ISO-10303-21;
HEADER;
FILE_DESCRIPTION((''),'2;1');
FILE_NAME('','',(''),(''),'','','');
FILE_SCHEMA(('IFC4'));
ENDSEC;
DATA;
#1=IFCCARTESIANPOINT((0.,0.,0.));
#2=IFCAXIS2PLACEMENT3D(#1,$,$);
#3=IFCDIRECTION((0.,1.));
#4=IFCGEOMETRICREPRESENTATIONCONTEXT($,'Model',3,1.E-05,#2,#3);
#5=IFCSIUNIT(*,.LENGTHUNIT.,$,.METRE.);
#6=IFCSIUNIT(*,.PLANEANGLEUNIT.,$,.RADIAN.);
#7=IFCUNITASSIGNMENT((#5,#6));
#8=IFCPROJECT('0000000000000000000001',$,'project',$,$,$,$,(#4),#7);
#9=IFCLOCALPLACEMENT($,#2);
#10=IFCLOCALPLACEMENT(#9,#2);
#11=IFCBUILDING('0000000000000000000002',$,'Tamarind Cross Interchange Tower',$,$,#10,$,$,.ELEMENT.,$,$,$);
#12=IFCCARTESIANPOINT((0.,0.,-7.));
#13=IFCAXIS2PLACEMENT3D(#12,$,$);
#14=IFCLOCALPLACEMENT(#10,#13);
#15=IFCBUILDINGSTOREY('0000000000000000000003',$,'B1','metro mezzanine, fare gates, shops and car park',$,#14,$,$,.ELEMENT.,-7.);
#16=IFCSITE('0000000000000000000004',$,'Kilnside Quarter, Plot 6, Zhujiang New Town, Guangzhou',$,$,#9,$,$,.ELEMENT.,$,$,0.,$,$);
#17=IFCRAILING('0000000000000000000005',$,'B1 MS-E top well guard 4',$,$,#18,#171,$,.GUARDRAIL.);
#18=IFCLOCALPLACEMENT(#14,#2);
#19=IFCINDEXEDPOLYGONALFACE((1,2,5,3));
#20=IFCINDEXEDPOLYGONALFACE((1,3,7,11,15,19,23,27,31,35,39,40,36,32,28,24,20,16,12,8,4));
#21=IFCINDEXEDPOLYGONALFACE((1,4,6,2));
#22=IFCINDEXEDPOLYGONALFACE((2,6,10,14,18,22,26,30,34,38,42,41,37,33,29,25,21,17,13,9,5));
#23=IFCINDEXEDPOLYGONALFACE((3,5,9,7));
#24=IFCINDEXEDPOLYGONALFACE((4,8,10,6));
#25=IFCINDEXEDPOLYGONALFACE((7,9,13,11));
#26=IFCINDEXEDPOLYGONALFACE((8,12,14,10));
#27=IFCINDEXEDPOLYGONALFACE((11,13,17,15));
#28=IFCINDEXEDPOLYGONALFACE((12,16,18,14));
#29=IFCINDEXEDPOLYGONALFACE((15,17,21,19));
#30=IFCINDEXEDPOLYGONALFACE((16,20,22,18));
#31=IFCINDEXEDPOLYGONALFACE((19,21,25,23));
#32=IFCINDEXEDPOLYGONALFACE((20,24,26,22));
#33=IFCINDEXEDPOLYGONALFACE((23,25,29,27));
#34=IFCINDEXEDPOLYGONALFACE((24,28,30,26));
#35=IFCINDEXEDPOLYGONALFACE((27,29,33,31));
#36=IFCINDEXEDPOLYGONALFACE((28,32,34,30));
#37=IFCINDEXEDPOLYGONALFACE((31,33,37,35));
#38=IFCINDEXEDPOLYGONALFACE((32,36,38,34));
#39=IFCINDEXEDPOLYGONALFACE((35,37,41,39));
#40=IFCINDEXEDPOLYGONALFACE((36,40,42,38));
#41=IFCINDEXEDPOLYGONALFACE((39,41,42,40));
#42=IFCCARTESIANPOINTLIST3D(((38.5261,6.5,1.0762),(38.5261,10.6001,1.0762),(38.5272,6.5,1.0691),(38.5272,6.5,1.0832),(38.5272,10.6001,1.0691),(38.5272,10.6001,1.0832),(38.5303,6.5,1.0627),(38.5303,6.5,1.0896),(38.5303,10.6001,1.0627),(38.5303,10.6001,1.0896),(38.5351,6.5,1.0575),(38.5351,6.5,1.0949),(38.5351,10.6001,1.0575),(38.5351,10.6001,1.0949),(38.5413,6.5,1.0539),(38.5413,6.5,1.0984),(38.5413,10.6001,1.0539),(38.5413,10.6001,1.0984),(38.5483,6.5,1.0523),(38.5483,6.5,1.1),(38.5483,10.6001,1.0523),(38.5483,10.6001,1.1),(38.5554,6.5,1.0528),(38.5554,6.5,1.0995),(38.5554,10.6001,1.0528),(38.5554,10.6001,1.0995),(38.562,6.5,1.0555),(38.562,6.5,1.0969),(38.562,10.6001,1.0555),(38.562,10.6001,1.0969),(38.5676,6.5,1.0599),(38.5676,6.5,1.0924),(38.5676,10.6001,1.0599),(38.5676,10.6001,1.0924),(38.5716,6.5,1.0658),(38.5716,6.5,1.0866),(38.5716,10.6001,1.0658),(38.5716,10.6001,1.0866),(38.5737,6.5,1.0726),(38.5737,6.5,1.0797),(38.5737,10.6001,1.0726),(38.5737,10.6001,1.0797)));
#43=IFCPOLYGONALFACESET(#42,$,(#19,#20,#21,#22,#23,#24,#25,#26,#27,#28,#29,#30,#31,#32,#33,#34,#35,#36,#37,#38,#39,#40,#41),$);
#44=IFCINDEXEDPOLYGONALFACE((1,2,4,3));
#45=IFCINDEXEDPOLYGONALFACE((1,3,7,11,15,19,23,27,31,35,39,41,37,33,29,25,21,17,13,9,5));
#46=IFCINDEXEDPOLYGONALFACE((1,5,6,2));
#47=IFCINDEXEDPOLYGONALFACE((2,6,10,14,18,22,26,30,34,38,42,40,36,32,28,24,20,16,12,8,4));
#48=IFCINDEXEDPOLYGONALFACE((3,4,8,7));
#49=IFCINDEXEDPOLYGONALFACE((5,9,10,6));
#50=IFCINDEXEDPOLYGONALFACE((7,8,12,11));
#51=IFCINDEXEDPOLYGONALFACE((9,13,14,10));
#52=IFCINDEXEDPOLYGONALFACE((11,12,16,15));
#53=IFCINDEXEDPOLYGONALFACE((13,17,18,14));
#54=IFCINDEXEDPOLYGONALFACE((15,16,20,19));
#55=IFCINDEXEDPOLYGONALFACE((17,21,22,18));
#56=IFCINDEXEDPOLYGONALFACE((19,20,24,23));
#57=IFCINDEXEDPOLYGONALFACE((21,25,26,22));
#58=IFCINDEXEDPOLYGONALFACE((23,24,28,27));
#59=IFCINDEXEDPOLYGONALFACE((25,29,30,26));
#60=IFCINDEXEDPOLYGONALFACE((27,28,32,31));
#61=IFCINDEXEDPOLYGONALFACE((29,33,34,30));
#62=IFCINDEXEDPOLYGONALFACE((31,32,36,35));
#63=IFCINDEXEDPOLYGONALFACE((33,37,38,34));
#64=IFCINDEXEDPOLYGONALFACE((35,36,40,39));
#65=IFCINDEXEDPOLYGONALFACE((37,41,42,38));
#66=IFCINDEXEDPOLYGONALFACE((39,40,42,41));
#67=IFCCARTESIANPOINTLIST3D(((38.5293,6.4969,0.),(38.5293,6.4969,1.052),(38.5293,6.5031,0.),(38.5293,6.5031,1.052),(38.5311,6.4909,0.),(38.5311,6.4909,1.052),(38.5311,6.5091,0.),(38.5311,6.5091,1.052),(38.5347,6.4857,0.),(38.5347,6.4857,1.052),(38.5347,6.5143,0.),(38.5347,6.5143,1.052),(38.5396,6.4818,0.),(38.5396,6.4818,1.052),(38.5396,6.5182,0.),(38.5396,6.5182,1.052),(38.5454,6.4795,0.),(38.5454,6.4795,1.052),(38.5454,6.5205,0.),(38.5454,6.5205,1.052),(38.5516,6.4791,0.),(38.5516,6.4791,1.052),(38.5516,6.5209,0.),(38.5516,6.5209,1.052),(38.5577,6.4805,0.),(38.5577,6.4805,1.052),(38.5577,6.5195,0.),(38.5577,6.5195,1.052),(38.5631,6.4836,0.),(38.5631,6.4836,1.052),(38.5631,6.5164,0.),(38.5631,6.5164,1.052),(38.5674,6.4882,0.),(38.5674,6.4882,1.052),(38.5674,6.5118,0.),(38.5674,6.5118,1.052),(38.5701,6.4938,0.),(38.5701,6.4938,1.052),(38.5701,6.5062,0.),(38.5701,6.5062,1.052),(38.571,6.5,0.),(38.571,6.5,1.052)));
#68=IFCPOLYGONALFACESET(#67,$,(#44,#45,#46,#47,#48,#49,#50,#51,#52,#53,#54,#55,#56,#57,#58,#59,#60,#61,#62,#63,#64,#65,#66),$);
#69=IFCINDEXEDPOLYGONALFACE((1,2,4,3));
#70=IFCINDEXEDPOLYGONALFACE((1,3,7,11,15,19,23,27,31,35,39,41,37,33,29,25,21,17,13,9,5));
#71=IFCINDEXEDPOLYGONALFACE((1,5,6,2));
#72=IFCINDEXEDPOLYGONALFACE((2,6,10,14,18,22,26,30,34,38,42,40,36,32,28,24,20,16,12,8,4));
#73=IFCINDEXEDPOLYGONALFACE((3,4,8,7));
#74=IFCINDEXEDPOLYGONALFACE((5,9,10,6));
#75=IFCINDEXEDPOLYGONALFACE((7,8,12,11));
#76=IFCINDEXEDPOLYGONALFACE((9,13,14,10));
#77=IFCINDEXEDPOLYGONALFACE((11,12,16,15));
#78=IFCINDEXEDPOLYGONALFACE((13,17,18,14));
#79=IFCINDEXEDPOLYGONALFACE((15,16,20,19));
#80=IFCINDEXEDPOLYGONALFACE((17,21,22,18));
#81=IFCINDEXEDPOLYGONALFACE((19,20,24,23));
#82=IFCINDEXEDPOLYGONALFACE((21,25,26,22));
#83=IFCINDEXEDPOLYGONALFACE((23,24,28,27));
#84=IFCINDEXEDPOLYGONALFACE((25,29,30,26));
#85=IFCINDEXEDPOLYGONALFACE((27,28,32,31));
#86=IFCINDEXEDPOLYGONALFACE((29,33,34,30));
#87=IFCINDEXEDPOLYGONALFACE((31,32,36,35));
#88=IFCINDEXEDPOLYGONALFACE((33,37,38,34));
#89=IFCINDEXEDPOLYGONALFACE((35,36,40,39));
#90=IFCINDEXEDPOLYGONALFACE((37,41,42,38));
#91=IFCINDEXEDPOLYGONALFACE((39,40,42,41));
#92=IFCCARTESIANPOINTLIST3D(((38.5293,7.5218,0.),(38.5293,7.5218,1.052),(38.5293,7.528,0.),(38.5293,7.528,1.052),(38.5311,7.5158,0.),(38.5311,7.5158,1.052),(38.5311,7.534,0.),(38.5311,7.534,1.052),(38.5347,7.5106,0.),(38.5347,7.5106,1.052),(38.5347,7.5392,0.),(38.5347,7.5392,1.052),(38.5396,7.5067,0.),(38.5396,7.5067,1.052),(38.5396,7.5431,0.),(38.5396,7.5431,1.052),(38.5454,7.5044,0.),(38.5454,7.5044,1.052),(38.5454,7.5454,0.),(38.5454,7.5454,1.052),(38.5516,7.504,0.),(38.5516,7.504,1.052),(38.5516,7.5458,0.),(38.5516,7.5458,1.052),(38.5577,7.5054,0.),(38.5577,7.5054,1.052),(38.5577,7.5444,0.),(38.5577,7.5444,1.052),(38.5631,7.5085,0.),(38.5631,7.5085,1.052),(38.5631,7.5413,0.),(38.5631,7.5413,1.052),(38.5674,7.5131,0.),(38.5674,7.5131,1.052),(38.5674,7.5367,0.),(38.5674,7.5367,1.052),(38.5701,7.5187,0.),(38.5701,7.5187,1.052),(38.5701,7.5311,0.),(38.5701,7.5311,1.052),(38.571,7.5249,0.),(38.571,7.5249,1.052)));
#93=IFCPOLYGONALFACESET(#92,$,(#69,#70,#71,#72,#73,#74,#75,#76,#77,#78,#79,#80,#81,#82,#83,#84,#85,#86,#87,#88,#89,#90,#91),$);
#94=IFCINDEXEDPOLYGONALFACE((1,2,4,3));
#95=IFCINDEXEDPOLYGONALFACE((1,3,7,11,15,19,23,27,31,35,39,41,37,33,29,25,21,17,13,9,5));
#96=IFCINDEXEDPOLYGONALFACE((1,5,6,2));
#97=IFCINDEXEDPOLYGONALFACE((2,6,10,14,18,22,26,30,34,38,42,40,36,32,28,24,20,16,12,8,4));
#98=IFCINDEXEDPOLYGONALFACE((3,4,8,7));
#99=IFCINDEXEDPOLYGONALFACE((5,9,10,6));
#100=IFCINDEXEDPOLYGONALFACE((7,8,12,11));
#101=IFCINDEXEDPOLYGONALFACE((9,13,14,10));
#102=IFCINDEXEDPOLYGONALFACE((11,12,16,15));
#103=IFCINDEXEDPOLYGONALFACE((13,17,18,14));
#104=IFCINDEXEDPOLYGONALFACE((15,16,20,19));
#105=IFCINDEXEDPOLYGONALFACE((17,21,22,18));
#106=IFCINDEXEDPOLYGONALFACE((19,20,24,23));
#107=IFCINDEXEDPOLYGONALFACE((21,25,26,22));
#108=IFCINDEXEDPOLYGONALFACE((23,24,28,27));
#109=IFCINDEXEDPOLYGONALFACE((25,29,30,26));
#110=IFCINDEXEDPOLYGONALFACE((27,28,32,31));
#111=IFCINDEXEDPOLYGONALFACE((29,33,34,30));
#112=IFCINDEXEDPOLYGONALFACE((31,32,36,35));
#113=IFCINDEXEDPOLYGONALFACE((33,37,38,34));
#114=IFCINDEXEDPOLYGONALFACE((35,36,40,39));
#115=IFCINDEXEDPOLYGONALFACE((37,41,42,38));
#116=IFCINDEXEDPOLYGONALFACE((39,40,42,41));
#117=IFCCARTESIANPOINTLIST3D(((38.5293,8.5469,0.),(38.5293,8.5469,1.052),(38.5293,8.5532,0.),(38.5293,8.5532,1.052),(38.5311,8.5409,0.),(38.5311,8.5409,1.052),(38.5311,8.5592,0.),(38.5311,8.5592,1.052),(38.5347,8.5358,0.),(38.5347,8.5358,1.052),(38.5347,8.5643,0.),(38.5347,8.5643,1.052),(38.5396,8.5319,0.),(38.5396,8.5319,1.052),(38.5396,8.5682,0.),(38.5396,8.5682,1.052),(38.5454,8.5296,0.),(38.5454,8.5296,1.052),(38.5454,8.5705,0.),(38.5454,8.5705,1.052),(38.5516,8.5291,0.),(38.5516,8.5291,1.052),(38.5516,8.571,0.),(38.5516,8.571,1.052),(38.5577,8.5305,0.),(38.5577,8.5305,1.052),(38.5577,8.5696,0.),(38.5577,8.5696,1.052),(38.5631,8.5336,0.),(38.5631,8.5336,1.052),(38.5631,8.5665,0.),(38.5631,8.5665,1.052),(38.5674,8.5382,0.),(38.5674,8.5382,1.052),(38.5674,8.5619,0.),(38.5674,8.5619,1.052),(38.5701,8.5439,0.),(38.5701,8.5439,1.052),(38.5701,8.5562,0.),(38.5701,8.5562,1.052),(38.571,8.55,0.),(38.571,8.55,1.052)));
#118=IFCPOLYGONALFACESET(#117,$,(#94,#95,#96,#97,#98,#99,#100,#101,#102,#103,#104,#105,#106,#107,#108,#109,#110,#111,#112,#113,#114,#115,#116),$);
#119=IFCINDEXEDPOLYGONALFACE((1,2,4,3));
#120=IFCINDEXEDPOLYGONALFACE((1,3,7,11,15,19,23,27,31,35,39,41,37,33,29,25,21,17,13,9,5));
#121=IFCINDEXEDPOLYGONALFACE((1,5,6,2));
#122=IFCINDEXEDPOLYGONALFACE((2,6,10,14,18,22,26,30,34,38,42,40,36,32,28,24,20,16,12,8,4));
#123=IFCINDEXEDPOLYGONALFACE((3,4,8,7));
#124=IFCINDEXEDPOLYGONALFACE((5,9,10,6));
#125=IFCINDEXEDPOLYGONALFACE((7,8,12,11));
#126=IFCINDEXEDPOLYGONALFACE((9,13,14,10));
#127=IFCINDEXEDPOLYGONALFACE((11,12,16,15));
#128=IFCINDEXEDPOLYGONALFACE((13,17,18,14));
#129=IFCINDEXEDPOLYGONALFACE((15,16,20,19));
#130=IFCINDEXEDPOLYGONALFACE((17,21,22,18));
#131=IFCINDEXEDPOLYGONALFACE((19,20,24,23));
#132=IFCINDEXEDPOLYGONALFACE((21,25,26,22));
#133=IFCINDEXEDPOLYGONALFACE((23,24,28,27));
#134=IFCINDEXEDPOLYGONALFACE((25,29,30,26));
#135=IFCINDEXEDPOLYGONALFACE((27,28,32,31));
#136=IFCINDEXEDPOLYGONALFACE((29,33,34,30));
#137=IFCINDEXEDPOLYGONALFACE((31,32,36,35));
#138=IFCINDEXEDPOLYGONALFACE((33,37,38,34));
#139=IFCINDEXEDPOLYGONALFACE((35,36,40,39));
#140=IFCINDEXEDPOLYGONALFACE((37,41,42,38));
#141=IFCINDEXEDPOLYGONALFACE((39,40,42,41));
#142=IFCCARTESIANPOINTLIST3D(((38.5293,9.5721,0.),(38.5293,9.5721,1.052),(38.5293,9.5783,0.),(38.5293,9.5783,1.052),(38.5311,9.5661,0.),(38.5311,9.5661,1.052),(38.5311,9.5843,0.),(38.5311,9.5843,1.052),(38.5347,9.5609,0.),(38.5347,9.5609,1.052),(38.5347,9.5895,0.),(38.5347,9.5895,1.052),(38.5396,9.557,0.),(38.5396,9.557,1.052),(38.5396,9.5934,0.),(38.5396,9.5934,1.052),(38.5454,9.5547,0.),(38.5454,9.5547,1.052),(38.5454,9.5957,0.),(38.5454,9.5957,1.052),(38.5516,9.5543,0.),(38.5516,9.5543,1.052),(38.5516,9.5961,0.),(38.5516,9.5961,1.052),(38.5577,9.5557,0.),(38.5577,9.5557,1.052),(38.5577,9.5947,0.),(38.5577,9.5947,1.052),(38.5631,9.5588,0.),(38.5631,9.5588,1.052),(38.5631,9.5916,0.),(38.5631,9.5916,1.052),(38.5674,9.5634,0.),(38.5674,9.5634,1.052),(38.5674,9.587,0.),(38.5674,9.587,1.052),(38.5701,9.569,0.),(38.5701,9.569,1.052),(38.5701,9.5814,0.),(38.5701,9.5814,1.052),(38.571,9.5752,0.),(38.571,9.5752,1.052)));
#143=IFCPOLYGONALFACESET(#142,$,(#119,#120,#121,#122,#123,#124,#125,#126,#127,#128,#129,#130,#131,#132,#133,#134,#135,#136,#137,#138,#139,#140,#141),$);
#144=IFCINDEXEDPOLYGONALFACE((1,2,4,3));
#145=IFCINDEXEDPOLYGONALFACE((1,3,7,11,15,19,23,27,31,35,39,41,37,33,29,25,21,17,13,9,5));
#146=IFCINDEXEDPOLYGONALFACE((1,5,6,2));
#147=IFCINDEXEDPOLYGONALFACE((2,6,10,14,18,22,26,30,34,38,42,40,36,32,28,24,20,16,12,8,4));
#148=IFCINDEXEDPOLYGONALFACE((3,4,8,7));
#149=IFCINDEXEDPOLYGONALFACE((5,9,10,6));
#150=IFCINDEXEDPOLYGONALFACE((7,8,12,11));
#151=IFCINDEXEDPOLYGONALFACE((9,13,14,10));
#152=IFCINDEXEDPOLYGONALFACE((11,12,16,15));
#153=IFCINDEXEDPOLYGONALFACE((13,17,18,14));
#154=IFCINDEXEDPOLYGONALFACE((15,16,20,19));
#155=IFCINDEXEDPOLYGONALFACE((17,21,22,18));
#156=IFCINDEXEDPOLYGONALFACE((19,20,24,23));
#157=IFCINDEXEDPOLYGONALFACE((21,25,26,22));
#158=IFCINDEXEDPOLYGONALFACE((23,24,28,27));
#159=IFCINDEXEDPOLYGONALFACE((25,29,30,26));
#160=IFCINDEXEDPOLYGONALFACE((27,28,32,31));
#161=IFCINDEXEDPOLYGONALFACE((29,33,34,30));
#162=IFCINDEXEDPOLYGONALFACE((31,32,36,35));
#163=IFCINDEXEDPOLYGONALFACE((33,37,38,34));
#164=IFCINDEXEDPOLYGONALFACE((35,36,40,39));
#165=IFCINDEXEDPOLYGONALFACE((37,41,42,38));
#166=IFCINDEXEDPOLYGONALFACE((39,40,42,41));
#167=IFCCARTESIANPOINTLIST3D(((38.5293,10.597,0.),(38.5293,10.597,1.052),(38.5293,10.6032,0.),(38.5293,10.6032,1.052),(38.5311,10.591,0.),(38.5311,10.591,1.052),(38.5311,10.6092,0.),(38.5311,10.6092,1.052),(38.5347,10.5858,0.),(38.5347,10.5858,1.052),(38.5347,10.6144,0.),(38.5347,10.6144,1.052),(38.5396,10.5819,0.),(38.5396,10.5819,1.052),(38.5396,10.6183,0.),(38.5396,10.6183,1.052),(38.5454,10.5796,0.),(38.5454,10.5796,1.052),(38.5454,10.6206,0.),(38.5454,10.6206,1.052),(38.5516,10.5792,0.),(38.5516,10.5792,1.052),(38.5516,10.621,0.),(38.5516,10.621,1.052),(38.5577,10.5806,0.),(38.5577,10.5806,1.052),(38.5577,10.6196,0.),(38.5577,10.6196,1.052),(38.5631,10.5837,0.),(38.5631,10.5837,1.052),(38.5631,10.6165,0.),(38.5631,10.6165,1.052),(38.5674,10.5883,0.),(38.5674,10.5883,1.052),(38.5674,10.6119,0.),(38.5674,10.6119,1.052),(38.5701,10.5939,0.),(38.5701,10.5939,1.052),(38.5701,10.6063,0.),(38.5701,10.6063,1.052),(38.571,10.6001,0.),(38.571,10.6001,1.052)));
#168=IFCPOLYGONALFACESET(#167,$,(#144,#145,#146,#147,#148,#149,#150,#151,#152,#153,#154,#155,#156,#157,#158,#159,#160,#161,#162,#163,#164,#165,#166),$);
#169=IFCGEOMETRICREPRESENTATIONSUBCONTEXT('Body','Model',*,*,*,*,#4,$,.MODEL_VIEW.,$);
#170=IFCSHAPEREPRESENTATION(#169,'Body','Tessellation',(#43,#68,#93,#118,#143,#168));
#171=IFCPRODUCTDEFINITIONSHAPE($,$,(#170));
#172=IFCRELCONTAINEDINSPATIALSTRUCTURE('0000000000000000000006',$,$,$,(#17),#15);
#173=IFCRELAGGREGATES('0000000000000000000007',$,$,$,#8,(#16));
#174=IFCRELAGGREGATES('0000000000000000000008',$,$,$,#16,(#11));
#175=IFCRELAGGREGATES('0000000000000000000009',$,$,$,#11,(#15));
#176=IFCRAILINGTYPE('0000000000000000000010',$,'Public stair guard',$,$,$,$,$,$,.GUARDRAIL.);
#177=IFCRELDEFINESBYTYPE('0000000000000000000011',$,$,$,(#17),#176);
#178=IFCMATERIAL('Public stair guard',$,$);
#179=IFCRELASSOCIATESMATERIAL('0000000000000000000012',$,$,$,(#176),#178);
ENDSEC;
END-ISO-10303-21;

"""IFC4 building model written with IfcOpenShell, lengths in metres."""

from ifc_helpers import new_model, si_unit, direction, frame, origin, origin_2d, place, context, subcontext, project, spatial, circle, extrude, material, type_object, element, save


model = new_model("IFC4")

# Units and contexts
model_context = context("Model", 3, precision=1e-05, world=origin(), true_north=direction((0.0, 1.0)))
body_context = subcontext(model_context, "Body", "Model", "MODEL_VIEW")
ifc_project = project(units=[si_unit("LENGTHUNIT", "METRE"), si_unit("PLANEANGLEUNIT", "RADIAN")], contexts=[model_context])

# Site, building, storey
site_placement = place(None, origin())
site = spatial("IfcSite", under=ifc_project, at=site_placement, Name="Kilnside Quarter, Plot 6, Zhujiang New Town, Guangzhou", CompositionType="ELEMENT", RefElevation=0.0)
building_placement = place(site_placement, origin())
building = spatial("IfcBuilding", under=site, at=building_placement, Name="Tamarind Cross Interchange Tower", CompositionType="ELEMENT")
storey_placement = place(building_placement, frame((0.0, 0.0, -7.0)))
storey = spatial("IfcBuildingStorey", under=building, at=storey_placement, Name="B1", Description="metro mezzanine, fare gates, shops and car park", CompositionType="ELEMENT", Elevation=-7.0)

# Railing
ifc_material_1 = material(Name="Public stair guard")
railing_type_1 = type_object("IfcRailingType", Name="Public stair guard", PredefinedType="GUARDRAIL", material=ifc_material_1)
railing_1_placement = place(storey_placement, frame((38.55, 6.5, 0.0)))
element("IfcRailing", 1, at=railing_1_placement, inside=storey, type_object=railing_type_1, Name="B1 MS-E top well guard 4", PredefinedType="GUARDRAIL", context=body_context, shape_type="SweptSolid", body=[
    extrude(circle(Radius=0.0239, at=origin_2d()), frame((0.0, 0.0, 1.0762), z_axis=(0.0, 1.0, 0.0), x_axis=(-1.0, 0.0, 0.0)), (0.0, 0.0, 1.0), 4.1001),
    extrude(circle(Radius=0.021, at=origin_2d()), origin(), (0.0, 0.0, 1.0), 1.052),
    extrude(circle(Radius=0.021, at=origin_2d()), frame((0.0, 1.0249, 0.0)), (0.0, 0.0, 1.0), 1.052),
    extrude(circle(Radius=0.021, at=origin_2d()), frame((0.0, 2.05, 0.0)), (0.0, 0.0, 1.0), 1.052),
    extrude(circle(Radius=0.021, at=origin_2d()), frame((0.0, 3.0752, 0.0)), (0.0, 0.0, 1.0), 1.052),
    extrude(circle(Radius=0.021, at=origin_2d()), frame((0.0, 4.1001, 0.0)), (0.0, 0.0, 1.0), 1.052),
])

save(model, "model.ifc")
